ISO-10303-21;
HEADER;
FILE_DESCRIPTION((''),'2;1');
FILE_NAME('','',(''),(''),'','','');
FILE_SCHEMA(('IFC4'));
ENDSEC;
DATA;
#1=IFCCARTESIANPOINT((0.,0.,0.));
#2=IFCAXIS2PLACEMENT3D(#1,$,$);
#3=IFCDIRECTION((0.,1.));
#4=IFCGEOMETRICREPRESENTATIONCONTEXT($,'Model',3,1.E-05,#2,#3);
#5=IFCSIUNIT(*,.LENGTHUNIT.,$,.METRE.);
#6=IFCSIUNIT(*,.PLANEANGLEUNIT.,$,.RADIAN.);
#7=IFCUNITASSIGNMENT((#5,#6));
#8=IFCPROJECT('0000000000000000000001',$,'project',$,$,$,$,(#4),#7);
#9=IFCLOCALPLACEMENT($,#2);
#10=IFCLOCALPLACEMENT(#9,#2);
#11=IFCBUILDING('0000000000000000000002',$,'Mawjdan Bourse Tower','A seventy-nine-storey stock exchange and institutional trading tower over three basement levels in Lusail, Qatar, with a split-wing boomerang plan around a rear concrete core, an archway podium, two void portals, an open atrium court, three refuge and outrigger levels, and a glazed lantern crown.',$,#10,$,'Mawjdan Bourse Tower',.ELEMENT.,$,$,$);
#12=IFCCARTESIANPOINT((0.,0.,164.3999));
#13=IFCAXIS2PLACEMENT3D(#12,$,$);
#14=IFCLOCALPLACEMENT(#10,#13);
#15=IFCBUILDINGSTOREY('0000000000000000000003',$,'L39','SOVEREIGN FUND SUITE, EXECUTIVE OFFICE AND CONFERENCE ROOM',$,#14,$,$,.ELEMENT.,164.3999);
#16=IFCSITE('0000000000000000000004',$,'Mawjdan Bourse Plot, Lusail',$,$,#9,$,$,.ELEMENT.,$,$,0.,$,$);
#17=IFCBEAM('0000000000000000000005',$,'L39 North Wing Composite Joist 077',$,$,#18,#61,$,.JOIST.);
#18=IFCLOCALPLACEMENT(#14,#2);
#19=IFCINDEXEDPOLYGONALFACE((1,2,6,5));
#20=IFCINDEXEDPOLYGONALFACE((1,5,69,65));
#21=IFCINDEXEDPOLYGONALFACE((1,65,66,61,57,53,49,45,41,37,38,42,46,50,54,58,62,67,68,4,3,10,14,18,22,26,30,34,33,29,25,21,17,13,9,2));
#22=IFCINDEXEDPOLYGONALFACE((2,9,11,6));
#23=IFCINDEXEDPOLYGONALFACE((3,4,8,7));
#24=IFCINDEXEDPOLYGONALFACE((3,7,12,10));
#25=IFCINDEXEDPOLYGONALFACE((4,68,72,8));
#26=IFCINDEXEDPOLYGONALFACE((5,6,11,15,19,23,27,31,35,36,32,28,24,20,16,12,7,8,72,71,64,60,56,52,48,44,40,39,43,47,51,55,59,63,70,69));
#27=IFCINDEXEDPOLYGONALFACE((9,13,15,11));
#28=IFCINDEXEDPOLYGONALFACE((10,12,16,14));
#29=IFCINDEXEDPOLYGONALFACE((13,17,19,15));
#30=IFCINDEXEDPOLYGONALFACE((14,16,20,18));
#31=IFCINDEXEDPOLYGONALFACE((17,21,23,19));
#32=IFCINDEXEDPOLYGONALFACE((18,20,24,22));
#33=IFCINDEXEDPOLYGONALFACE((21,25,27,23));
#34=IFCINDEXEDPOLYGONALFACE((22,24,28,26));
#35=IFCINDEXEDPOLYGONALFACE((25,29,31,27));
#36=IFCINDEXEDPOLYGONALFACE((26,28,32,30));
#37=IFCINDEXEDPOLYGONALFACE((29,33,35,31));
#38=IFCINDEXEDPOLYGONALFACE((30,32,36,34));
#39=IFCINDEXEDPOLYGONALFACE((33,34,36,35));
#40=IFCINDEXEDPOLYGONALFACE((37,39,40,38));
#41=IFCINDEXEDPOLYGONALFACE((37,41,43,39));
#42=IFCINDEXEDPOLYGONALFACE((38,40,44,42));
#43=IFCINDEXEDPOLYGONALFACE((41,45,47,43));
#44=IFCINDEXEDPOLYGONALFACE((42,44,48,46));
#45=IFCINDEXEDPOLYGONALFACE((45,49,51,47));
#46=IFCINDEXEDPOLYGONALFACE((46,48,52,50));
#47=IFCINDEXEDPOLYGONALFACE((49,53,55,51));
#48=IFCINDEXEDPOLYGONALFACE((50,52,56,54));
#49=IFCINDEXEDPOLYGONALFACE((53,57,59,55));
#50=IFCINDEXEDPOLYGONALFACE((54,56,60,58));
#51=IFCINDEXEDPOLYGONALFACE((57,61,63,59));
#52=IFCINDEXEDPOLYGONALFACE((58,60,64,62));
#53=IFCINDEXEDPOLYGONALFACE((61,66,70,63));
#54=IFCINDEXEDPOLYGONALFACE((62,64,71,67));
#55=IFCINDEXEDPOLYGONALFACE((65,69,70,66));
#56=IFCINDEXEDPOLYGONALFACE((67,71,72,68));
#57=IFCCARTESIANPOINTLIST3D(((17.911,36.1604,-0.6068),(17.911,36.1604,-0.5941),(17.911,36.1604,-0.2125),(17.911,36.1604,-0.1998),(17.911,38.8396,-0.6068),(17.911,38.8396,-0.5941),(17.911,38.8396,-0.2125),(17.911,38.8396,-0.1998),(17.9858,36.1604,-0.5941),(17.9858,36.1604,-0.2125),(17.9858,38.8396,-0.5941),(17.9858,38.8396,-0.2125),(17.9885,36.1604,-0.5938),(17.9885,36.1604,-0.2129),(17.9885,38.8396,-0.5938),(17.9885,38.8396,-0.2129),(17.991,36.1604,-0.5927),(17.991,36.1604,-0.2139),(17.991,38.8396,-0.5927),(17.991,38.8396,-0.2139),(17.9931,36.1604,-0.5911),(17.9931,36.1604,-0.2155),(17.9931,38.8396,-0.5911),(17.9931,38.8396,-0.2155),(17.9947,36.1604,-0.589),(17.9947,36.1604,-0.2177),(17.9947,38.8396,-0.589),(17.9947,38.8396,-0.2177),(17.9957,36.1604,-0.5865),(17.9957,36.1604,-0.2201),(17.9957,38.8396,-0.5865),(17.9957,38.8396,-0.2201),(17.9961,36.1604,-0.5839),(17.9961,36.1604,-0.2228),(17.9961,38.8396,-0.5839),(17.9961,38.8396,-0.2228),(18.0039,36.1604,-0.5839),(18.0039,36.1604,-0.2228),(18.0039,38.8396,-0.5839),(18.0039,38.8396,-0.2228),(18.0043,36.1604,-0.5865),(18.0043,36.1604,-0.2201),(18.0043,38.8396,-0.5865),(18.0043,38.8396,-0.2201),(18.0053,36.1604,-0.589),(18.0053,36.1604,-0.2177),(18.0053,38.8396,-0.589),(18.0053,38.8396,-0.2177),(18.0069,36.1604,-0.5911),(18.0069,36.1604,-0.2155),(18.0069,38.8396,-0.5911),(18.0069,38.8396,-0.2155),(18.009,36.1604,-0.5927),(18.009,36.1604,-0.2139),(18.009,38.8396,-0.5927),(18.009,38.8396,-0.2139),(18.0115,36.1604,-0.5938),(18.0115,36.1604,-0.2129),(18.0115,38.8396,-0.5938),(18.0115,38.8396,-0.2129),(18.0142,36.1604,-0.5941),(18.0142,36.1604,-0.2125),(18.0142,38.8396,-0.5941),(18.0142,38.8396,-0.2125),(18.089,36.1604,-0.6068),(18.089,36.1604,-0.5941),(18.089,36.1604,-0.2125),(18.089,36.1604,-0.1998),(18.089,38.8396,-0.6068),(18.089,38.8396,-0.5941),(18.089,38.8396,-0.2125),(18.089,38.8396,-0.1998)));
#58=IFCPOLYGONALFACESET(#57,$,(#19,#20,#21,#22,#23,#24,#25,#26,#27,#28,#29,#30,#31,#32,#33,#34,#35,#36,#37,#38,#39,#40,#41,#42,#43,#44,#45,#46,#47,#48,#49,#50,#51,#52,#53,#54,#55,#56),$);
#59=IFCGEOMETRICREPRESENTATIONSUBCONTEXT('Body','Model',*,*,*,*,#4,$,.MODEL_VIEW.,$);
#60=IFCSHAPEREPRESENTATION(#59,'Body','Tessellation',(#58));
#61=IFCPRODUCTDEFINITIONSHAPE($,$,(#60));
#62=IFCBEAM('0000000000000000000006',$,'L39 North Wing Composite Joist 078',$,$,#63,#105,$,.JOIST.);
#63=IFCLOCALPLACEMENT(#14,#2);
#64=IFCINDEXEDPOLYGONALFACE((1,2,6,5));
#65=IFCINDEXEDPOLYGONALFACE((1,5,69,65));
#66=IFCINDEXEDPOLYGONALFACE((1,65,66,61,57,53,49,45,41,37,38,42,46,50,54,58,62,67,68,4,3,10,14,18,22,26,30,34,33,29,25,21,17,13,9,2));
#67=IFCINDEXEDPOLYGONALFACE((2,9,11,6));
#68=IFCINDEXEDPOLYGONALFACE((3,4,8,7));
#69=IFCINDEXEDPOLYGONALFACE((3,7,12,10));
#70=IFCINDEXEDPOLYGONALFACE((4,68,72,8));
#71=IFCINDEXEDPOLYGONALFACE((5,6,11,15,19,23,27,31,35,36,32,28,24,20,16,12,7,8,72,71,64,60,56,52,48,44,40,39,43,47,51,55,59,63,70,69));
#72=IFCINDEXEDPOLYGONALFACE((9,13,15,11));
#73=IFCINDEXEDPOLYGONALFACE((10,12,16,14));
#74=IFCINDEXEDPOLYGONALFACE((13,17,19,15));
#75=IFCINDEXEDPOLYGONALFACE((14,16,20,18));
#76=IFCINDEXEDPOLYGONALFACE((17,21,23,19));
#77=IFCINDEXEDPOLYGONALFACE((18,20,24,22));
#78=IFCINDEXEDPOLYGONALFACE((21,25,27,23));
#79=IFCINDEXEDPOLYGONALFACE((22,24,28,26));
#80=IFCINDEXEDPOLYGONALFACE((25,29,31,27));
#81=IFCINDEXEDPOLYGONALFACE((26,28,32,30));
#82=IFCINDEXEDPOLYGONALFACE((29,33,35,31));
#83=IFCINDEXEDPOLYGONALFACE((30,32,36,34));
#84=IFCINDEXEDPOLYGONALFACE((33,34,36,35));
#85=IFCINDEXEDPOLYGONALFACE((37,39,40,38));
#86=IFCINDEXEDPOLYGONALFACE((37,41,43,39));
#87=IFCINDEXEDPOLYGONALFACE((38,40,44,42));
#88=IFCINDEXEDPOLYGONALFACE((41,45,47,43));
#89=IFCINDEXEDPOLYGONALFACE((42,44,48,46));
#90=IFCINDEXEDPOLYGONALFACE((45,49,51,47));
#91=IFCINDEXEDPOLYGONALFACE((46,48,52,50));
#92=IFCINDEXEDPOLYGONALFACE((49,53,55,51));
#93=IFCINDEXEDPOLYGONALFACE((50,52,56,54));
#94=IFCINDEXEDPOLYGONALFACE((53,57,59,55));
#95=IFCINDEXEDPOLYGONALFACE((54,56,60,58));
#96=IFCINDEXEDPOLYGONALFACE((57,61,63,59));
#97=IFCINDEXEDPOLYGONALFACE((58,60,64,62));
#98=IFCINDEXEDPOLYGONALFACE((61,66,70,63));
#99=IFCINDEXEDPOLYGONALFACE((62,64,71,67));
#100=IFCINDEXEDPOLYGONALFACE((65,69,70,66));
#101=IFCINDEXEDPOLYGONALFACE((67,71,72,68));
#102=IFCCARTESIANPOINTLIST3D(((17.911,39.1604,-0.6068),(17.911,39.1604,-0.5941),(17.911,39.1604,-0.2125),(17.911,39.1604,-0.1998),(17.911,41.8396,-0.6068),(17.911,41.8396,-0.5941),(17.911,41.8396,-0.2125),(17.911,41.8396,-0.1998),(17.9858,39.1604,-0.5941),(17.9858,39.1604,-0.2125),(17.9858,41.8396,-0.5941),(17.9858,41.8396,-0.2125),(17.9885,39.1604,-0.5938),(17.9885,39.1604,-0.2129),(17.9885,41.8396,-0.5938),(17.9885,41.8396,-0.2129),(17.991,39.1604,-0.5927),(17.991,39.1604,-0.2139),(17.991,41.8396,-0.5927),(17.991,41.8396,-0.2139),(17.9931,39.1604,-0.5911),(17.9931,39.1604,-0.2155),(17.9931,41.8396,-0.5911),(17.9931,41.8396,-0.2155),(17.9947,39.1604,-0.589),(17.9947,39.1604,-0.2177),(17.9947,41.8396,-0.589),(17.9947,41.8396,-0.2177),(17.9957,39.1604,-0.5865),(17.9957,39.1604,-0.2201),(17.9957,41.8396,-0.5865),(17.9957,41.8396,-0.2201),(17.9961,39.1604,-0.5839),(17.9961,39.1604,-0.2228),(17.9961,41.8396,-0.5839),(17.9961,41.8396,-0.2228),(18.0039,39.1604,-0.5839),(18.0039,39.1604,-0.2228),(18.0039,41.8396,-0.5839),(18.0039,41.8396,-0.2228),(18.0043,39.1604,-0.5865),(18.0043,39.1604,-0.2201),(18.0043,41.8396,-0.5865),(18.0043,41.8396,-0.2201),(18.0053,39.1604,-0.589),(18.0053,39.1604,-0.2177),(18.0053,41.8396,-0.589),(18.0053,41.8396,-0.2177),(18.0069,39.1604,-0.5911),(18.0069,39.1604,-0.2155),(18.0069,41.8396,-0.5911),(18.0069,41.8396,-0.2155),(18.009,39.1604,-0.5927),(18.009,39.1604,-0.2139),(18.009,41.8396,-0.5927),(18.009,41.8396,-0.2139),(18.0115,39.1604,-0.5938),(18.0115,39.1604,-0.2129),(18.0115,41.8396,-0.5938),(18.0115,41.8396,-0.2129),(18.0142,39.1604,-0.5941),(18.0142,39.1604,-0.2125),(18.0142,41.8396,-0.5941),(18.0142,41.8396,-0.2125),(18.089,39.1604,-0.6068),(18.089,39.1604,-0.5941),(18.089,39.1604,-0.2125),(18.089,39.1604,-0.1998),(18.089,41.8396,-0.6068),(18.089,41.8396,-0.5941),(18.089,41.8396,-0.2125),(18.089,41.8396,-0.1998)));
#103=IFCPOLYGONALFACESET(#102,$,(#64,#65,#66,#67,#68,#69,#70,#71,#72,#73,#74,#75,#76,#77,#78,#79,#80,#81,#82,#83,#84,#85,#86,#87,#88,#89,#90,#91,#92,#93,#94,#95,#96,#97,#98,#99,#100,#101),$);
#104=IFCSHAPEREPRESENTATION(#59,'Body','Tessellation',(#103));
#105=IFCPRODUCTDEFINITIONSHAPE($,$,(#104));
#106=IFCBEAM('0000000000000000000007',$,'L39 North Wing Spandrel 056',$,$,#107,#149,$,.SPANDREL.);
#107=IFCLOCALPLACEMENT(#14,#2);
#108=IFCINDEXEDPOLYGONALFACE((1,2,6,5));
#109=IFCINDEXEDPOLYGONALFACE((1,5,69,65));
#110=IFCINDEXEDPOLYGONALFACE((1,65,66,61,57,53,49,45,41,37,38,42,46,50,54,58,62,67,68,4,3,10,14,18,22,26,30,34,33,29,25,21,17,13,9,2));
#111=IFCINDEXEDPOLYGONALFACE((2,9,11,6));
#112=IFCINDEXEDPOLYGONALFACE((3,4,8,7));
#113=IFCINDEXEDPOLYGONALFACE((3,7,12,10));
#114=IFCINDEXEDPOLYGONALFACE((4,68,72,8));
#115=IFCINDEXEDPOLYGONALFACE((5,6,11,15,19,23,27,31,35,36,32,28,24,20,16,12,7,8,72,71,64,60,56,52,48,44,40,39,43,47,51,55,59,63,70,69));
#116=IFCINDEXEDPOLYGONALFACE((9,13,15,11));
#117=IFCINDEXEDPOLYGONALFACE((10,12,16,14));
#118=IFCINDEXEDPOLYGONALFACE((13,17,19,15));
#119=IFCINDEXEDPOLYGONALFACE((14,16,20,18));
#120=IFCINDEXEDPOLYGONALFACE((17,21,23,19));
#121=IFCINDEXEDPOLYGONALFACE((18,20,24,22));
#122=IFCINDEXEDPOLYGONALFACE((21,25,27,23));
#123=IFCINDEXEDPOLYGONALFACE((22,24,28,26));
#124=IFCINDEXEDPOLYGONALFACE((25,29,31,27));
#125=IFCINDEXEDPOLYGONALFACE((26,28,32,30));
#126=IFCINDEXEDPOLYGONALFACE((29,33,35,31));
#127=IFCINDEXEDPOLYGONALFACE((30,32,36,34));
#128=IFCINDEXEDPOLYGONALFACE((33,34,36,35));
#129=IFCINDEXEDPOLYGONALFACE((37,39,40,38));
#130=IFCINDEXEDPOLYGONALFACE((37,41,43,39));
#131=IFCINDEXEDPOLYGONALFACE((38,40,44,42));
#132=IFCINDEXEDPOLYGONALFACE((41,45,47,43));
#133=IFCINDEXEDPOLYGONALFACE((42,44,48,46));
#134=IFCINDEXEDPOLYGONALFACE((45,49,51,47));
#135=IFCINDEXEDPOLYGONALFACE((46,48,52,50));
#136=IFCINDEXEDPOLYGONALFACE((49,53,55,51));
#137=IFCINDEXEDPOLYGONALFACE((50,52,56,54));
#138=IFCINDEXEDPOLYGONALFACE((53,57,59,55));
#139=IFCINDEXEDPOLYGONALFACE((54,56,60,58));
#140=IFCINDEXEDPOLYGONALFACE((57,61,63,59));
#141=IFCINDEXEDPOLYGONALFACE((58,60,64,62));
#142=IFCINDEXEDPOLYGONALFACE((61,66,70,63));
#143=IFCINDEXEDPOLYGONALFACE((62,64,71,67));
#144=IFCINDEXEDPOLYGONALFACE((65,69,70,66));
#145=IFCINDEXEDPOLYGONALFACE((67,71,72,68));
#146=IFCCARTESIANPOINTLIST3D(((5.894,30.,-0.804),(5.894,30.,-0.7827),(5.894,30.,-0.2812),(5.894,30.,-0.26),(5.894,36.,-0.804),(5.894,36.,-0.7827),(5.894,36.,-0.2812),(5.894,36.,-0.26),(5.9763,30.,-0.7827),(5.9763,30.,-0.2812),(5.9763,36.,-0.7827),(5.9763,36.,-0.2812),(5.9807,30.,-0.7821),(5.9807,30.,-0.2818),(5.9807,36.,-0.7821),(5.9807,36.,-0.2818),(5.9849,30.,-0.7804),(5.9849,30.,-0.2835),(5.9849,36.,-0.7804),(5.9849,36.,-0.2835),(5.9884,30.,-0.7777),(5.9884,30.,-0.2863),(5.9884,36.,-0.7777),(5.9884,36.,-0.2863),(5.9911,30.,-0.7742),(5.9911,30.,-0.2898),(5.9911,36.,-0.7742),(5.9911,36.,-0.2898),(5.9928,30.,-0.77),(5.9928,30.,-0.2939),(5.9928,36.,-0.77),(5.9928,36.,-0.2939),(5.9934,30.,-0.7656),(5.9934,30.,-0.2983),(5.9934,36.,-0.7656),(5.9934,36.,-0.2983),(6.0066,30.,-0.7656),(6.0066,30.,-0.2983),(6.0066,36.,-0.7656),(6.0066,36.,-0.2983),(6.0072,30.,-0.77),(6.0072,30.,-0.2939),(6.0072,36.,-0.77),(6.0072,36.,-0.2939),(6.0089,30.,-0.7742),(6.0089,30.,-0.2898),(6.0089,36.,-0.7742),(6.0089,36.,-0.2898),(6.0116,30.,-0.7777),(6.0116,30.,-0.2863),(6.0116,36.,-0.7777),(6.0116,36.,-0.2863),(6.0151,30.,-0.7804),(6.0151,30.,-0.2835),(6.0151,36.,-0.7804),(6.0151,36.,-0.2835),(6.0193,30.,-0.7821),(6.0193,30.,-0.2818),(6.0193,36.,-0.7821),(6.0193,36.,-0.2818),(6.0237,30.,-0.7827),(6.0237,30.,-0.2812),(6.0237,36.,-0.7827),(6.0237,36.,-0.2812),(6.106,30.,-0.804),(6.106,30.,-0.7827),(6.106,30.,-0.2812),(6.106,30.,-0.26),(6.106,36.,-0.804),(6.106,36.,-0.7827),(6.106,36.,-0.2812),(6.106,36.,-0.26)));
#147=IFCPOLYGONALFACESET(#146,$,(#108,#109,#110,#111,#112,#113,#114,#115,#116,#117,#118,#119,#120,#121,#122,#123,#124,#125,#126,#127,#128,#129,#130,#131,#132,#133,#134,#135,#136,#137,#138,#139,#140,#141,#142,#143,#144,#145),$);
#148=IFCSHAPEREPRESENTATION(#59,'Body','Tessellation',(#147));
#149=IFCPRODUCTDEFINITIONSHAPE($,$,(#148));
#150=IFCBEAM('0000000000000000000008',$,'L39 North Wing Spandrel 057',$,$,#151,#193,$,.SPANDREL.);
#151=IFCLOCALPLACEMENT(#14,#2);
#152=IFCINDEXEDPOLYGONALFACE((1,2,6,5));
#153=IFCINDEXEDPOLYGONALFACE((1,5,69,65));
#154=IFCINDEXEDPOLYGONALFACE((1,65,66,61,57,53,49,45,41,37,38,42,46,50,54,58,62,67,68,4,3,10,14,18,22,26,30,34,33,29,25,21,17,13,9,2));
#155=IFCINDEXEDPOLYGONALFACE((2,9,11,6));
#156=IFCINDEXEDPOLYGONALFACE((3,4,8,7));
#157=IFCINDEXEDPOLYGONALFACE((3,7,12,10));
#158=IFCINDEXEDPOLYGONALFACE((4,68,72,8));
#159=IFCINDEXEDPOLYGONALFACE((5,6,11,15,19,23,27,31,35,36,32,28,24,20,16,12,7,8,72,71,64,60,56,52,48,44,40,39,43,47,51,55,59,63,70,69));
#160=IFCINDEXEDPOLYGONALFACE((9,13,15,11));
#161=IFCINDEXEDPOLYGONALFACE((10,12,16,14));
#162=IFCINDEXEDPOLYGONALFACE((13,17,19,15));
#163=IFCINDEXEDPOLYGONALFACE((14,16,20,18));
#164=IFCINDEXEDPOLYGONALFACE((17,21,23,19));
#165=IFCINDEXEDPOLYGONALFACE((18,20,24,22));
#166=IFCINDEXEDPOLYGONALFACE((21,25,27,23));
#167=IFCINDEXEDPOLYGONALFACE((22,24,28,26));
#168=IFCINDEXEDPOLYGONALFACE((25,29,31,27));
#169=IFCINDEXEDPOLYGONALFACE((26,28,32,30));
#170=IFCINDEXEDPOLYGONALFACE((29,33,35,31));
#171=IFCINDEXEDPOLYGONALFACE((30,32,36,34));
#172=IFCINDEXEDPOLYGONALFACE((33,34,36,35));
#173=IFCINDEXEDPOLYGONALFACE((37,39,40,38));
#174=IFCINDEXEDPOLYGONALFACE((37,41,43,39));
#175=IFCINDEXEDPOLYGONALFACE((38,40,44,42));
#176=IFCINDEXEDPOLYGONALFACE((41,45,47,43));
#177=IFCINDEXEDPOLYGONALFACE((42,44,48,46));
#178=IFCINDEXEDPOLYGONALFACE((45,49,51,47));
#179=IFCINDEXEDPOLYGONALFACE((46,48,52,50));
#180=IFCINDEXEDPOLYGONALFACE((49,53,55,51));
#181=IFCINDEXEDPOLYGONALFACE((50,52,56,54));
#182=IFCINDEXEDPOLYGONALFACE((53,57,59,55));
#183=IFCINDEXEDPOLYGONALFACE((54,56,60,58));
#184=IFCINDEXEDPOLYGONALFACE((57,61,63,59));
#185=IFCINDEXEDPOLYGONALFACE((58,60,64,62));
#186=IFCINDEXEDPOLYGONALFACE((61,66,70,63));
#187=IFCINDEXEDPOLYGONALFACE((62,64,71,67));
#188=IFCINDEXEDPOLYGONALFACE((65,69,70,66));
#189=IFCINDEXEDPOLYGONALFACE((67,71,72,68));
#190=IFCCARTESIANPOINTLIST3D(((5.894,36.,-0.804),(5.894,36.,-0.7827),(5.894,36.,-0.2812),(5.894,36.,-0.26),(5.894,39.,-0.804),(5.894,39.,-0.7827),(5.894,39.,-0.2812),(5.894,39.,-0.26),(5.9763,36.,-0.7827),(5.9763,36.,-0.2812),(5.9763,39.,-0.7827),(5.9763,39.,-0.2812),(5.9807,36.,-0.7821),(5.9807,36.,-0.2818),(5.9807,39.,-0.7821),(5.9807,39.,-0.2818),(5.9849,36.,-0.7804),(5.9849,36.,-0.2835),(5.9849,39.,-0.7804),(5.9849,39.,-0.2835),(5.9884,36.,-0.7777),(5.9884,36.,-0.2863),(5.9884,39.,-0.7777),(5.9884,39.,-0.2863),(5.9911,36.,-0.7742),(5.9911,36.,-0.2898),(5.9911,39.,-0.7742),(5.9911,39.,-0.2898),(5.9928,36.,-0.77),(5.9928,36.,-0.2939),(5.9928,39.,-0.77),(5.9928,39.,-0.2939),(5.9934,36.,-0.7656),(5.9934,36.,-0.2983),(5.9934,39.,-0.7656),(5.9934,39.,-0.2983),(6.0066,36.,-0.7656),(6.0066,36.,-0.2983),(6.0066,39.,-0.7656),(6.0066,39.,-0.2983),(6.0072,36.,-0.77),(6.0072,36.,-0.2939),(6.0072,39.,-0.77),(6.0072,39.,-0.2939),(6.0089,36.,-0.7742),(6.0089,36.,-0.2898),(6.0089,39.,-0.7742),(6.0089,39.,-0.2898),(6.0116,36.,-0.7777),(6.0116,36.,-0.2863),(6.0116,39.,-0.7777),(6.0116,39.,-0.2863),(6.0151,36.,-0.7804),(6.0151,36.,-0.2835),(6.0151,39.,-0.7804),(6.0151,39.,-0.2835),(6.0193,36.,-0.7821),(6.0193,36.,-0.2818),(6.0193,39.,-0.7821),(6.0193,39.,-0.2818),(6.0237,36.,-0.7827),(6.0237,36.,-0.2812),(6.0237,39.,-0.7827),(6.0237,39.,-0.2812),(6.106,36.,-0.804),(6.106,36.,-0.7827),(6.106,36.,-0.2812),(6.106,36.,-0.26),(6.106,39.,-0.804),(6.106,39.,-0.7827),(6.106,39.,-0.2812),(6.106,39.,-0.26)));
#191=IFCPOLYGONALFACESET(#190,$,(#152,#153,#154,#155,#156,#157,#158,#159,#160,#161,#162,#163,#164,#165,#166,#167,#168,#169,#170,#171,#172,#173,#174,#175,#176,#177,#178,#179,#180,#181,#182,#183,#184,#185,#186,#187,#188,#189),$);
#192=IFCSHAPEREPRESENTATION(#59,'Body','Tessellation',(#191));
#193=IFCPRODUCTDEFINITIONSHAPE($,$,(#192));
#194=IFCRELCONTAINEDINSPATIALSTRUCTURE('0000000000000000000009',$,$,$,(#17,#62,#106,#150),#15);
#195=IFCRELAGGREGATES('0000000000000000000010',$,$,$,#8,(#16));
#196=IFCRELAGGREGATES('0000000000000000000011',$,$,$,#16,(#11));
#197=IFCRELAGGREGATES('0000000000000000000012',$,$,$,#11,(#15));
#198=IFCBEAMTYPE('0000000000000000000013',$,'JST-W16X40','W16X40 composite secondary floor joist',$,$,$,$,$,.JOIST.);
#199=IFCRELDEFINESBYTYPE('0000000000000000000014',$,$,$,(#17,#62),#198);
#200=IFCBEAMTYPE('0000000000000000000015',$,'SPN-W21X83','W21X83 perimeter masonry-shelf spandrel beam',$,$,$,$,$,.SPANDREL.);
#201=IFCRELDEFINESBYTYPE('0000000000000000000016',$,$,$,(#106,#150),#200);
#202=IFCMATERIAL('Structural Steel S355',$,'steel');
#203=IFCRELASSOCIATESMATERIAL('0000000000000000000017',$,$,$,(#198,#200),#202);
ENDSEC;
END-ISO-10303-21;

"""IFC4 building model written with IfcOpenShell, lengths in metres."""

from ifc_helpers import new_model, si_unit, direction, frame, origin, origin_2d, place, context, subcontext, project, spatial, i_section, extrude, material, material_profile, profile_set, type_object, element, save


model = new_model("IFC4")

# Units and contexts
model_context = context("Model", 3, precision=1e-05, world=origin(), true_north=direction((0.0, 1.0)))
body_context = subcontext(model_context, "Body", "Model", "MODEL_VIEW")
ifc_project = project(units=[si_unit("LENGTHUNIT", "METRE"), si_unit("PLANEANGLEUNIT", "RADIAN")], contexts=[model_context])

# Site, building, storey
site_placement = place(None, origin())
site = spatial("IfcSite", under=ifc_project, at=site_placement, Name="Mawjdan Bourse Plot, Lusail", CompositionType="ELEMENT", RefElevation=0.0)
building_placement = place(site_placement, origin())
building = spatial("IfcBuilding", under=site, at=building_placement, Name="Mawjdan Bourse Tower", Description="A seventy-nine-storey stock exchange and institutional trading tower over three basement levels in Lusail, Qatar, with a split-wing boomerang plan around a rear concrete core, an archway podium, two void portals, an open atrium court, three refuge and outrigger levels, and a glazed lantern crown.", LongName="Mawjdan Bourse Tower", CompositionType="ELEMENT")
storey_placement = place(building_placement, frame((0.0, 0.0, 164.3999)))
storey = spatial("IfcBuildingStorey", under=building, at=storey_placement, Name="L39", Description="SOVEREIGN FUND SUITE, EXECUTIVE OFFICE AND CONFERENCE ROOM", CompositionType="ELEMENT", Elevation=164.3999)

# Beams
ifc_material_1 = material(Name="Structural Steel S355", Category="steel")
ifc_material_profile_1 = material_profile(ifc_material_1, i_section(OverallWidth=0.178, OverallDepth=0.407, WebThickness=0.0078, FlangeThickness=0.0127, FilletRadius=0.0103, at=origin_2d()), Name="W16X40")
ifc_profile_set_1 = profile_set([ifc_material_profile_1], Name="Structural Steel S355")
beam_type_1 = type_object("IfcBeamType", Name="JST-W16X40", Description="W16X40 composite secondary floor joist", PredefinedType="JOIST", material=ifc_profile_set_1)
for number, where, z_axis, x_axis, name in (
    (1, (18.0, 36.1604, -0.4033), (0.0, 1.0, 0.0), (-1.0, 0.0, 0.0), "L39 North Wing Composite Joist 077"),
    (2, (18.0, 39.1604, -0.4033), (0.0, 1.0, 0.0), (-1.0, 0.0, 0.0), "L39 North Wing Composite Joist 078"),
):
    element("IfcBeam", number, at=place(storey_placement, frame(where, z_axis=z_axis, x_axis=x_axis)), inside=storey, type_object=beam_type_1, Name=name, PredefinedType="JOIST", context=body_context, shape_type="SweptSolid", body=[
        extrude(i_section(OverallWidth=0.178, OverallDepth=0.407, WebThickness=0.0078, FlangeThickness=0.0127, FilletRadius=0.0103, at=origin_2d()), origin(), (0.0, 0.0, 1.0), 2.6792),
    ])
ifc_material_profile_2 = material_profile(ifc_material_1, i_section(OverallWidth=0.2119, OverallDepth=0.5439, WebThickness=0.0132, FlangeThickness=0.0212, FilletRadius=0.0171, at=origin_2d()), Name="W21X83")
ifc_profile_set_2 = profile_set([ifc_material_profile_2], Name="Structural Steel S355")
beam_type_2 = type_object("IfcBeamType", Name="SPN-W21X83", Description="W21X83 perimeter masonry-shelf spandrel beam", PredefinedType="SPANDREL", material=ifc_profile_set_2)
beam_1_placement = place(storey_placement, frame((6.0, 30.0, -0.532), z_axis=(0.0, 1.0, 0.0), x_axis=(-1.0, 0.0, 0.0)))
element("IfcBeam", 3, at=beam_1_placement, inside=storey, type_object=beam_type_2, Name="L39 North Wing Spandrel 056", PredefinedType="SPANDREL", context=body_context, shape_type="SweptSolid", body=[
    extrude(i_section(OverallWidth=0.2119, OverallDepth=0.5439, WebThickness=0.0132, FlangeThickness=0.0212, FilletRadius=0.0171, at=origin_2d()), origin(), (0.0, 0.0, 1.0), 6.0),
])
for number, where, z_axis, x_axis, name in (
    (4, (6.0, 36.0, -0.532), (0.0, 1.0, 0.0), (-1.0, 0.0, 0.0), "L39 North Wing Spandrel 057"),
):
    element("IfcBeam", number, at=place(storey_placement, frame(where, z_axis=z_axis, x_axis=x_axis)), inside=storey, type_object=beam_type_2, Name=name, PredefinedType="SPANDREL", context=body_context, shape_type="SweptSolid", body=[
        extrude(i_section(OverallWidth=0.2119, OverallDepth=0.5439, WebThickness=0.0132, FlangeThickness=0.0212, FilletRadius=0.0171, at=origin_2d()), origin(), (0.0, 0.0, 1.0), 3.0),
    ])

save(model, "model.ifc")
